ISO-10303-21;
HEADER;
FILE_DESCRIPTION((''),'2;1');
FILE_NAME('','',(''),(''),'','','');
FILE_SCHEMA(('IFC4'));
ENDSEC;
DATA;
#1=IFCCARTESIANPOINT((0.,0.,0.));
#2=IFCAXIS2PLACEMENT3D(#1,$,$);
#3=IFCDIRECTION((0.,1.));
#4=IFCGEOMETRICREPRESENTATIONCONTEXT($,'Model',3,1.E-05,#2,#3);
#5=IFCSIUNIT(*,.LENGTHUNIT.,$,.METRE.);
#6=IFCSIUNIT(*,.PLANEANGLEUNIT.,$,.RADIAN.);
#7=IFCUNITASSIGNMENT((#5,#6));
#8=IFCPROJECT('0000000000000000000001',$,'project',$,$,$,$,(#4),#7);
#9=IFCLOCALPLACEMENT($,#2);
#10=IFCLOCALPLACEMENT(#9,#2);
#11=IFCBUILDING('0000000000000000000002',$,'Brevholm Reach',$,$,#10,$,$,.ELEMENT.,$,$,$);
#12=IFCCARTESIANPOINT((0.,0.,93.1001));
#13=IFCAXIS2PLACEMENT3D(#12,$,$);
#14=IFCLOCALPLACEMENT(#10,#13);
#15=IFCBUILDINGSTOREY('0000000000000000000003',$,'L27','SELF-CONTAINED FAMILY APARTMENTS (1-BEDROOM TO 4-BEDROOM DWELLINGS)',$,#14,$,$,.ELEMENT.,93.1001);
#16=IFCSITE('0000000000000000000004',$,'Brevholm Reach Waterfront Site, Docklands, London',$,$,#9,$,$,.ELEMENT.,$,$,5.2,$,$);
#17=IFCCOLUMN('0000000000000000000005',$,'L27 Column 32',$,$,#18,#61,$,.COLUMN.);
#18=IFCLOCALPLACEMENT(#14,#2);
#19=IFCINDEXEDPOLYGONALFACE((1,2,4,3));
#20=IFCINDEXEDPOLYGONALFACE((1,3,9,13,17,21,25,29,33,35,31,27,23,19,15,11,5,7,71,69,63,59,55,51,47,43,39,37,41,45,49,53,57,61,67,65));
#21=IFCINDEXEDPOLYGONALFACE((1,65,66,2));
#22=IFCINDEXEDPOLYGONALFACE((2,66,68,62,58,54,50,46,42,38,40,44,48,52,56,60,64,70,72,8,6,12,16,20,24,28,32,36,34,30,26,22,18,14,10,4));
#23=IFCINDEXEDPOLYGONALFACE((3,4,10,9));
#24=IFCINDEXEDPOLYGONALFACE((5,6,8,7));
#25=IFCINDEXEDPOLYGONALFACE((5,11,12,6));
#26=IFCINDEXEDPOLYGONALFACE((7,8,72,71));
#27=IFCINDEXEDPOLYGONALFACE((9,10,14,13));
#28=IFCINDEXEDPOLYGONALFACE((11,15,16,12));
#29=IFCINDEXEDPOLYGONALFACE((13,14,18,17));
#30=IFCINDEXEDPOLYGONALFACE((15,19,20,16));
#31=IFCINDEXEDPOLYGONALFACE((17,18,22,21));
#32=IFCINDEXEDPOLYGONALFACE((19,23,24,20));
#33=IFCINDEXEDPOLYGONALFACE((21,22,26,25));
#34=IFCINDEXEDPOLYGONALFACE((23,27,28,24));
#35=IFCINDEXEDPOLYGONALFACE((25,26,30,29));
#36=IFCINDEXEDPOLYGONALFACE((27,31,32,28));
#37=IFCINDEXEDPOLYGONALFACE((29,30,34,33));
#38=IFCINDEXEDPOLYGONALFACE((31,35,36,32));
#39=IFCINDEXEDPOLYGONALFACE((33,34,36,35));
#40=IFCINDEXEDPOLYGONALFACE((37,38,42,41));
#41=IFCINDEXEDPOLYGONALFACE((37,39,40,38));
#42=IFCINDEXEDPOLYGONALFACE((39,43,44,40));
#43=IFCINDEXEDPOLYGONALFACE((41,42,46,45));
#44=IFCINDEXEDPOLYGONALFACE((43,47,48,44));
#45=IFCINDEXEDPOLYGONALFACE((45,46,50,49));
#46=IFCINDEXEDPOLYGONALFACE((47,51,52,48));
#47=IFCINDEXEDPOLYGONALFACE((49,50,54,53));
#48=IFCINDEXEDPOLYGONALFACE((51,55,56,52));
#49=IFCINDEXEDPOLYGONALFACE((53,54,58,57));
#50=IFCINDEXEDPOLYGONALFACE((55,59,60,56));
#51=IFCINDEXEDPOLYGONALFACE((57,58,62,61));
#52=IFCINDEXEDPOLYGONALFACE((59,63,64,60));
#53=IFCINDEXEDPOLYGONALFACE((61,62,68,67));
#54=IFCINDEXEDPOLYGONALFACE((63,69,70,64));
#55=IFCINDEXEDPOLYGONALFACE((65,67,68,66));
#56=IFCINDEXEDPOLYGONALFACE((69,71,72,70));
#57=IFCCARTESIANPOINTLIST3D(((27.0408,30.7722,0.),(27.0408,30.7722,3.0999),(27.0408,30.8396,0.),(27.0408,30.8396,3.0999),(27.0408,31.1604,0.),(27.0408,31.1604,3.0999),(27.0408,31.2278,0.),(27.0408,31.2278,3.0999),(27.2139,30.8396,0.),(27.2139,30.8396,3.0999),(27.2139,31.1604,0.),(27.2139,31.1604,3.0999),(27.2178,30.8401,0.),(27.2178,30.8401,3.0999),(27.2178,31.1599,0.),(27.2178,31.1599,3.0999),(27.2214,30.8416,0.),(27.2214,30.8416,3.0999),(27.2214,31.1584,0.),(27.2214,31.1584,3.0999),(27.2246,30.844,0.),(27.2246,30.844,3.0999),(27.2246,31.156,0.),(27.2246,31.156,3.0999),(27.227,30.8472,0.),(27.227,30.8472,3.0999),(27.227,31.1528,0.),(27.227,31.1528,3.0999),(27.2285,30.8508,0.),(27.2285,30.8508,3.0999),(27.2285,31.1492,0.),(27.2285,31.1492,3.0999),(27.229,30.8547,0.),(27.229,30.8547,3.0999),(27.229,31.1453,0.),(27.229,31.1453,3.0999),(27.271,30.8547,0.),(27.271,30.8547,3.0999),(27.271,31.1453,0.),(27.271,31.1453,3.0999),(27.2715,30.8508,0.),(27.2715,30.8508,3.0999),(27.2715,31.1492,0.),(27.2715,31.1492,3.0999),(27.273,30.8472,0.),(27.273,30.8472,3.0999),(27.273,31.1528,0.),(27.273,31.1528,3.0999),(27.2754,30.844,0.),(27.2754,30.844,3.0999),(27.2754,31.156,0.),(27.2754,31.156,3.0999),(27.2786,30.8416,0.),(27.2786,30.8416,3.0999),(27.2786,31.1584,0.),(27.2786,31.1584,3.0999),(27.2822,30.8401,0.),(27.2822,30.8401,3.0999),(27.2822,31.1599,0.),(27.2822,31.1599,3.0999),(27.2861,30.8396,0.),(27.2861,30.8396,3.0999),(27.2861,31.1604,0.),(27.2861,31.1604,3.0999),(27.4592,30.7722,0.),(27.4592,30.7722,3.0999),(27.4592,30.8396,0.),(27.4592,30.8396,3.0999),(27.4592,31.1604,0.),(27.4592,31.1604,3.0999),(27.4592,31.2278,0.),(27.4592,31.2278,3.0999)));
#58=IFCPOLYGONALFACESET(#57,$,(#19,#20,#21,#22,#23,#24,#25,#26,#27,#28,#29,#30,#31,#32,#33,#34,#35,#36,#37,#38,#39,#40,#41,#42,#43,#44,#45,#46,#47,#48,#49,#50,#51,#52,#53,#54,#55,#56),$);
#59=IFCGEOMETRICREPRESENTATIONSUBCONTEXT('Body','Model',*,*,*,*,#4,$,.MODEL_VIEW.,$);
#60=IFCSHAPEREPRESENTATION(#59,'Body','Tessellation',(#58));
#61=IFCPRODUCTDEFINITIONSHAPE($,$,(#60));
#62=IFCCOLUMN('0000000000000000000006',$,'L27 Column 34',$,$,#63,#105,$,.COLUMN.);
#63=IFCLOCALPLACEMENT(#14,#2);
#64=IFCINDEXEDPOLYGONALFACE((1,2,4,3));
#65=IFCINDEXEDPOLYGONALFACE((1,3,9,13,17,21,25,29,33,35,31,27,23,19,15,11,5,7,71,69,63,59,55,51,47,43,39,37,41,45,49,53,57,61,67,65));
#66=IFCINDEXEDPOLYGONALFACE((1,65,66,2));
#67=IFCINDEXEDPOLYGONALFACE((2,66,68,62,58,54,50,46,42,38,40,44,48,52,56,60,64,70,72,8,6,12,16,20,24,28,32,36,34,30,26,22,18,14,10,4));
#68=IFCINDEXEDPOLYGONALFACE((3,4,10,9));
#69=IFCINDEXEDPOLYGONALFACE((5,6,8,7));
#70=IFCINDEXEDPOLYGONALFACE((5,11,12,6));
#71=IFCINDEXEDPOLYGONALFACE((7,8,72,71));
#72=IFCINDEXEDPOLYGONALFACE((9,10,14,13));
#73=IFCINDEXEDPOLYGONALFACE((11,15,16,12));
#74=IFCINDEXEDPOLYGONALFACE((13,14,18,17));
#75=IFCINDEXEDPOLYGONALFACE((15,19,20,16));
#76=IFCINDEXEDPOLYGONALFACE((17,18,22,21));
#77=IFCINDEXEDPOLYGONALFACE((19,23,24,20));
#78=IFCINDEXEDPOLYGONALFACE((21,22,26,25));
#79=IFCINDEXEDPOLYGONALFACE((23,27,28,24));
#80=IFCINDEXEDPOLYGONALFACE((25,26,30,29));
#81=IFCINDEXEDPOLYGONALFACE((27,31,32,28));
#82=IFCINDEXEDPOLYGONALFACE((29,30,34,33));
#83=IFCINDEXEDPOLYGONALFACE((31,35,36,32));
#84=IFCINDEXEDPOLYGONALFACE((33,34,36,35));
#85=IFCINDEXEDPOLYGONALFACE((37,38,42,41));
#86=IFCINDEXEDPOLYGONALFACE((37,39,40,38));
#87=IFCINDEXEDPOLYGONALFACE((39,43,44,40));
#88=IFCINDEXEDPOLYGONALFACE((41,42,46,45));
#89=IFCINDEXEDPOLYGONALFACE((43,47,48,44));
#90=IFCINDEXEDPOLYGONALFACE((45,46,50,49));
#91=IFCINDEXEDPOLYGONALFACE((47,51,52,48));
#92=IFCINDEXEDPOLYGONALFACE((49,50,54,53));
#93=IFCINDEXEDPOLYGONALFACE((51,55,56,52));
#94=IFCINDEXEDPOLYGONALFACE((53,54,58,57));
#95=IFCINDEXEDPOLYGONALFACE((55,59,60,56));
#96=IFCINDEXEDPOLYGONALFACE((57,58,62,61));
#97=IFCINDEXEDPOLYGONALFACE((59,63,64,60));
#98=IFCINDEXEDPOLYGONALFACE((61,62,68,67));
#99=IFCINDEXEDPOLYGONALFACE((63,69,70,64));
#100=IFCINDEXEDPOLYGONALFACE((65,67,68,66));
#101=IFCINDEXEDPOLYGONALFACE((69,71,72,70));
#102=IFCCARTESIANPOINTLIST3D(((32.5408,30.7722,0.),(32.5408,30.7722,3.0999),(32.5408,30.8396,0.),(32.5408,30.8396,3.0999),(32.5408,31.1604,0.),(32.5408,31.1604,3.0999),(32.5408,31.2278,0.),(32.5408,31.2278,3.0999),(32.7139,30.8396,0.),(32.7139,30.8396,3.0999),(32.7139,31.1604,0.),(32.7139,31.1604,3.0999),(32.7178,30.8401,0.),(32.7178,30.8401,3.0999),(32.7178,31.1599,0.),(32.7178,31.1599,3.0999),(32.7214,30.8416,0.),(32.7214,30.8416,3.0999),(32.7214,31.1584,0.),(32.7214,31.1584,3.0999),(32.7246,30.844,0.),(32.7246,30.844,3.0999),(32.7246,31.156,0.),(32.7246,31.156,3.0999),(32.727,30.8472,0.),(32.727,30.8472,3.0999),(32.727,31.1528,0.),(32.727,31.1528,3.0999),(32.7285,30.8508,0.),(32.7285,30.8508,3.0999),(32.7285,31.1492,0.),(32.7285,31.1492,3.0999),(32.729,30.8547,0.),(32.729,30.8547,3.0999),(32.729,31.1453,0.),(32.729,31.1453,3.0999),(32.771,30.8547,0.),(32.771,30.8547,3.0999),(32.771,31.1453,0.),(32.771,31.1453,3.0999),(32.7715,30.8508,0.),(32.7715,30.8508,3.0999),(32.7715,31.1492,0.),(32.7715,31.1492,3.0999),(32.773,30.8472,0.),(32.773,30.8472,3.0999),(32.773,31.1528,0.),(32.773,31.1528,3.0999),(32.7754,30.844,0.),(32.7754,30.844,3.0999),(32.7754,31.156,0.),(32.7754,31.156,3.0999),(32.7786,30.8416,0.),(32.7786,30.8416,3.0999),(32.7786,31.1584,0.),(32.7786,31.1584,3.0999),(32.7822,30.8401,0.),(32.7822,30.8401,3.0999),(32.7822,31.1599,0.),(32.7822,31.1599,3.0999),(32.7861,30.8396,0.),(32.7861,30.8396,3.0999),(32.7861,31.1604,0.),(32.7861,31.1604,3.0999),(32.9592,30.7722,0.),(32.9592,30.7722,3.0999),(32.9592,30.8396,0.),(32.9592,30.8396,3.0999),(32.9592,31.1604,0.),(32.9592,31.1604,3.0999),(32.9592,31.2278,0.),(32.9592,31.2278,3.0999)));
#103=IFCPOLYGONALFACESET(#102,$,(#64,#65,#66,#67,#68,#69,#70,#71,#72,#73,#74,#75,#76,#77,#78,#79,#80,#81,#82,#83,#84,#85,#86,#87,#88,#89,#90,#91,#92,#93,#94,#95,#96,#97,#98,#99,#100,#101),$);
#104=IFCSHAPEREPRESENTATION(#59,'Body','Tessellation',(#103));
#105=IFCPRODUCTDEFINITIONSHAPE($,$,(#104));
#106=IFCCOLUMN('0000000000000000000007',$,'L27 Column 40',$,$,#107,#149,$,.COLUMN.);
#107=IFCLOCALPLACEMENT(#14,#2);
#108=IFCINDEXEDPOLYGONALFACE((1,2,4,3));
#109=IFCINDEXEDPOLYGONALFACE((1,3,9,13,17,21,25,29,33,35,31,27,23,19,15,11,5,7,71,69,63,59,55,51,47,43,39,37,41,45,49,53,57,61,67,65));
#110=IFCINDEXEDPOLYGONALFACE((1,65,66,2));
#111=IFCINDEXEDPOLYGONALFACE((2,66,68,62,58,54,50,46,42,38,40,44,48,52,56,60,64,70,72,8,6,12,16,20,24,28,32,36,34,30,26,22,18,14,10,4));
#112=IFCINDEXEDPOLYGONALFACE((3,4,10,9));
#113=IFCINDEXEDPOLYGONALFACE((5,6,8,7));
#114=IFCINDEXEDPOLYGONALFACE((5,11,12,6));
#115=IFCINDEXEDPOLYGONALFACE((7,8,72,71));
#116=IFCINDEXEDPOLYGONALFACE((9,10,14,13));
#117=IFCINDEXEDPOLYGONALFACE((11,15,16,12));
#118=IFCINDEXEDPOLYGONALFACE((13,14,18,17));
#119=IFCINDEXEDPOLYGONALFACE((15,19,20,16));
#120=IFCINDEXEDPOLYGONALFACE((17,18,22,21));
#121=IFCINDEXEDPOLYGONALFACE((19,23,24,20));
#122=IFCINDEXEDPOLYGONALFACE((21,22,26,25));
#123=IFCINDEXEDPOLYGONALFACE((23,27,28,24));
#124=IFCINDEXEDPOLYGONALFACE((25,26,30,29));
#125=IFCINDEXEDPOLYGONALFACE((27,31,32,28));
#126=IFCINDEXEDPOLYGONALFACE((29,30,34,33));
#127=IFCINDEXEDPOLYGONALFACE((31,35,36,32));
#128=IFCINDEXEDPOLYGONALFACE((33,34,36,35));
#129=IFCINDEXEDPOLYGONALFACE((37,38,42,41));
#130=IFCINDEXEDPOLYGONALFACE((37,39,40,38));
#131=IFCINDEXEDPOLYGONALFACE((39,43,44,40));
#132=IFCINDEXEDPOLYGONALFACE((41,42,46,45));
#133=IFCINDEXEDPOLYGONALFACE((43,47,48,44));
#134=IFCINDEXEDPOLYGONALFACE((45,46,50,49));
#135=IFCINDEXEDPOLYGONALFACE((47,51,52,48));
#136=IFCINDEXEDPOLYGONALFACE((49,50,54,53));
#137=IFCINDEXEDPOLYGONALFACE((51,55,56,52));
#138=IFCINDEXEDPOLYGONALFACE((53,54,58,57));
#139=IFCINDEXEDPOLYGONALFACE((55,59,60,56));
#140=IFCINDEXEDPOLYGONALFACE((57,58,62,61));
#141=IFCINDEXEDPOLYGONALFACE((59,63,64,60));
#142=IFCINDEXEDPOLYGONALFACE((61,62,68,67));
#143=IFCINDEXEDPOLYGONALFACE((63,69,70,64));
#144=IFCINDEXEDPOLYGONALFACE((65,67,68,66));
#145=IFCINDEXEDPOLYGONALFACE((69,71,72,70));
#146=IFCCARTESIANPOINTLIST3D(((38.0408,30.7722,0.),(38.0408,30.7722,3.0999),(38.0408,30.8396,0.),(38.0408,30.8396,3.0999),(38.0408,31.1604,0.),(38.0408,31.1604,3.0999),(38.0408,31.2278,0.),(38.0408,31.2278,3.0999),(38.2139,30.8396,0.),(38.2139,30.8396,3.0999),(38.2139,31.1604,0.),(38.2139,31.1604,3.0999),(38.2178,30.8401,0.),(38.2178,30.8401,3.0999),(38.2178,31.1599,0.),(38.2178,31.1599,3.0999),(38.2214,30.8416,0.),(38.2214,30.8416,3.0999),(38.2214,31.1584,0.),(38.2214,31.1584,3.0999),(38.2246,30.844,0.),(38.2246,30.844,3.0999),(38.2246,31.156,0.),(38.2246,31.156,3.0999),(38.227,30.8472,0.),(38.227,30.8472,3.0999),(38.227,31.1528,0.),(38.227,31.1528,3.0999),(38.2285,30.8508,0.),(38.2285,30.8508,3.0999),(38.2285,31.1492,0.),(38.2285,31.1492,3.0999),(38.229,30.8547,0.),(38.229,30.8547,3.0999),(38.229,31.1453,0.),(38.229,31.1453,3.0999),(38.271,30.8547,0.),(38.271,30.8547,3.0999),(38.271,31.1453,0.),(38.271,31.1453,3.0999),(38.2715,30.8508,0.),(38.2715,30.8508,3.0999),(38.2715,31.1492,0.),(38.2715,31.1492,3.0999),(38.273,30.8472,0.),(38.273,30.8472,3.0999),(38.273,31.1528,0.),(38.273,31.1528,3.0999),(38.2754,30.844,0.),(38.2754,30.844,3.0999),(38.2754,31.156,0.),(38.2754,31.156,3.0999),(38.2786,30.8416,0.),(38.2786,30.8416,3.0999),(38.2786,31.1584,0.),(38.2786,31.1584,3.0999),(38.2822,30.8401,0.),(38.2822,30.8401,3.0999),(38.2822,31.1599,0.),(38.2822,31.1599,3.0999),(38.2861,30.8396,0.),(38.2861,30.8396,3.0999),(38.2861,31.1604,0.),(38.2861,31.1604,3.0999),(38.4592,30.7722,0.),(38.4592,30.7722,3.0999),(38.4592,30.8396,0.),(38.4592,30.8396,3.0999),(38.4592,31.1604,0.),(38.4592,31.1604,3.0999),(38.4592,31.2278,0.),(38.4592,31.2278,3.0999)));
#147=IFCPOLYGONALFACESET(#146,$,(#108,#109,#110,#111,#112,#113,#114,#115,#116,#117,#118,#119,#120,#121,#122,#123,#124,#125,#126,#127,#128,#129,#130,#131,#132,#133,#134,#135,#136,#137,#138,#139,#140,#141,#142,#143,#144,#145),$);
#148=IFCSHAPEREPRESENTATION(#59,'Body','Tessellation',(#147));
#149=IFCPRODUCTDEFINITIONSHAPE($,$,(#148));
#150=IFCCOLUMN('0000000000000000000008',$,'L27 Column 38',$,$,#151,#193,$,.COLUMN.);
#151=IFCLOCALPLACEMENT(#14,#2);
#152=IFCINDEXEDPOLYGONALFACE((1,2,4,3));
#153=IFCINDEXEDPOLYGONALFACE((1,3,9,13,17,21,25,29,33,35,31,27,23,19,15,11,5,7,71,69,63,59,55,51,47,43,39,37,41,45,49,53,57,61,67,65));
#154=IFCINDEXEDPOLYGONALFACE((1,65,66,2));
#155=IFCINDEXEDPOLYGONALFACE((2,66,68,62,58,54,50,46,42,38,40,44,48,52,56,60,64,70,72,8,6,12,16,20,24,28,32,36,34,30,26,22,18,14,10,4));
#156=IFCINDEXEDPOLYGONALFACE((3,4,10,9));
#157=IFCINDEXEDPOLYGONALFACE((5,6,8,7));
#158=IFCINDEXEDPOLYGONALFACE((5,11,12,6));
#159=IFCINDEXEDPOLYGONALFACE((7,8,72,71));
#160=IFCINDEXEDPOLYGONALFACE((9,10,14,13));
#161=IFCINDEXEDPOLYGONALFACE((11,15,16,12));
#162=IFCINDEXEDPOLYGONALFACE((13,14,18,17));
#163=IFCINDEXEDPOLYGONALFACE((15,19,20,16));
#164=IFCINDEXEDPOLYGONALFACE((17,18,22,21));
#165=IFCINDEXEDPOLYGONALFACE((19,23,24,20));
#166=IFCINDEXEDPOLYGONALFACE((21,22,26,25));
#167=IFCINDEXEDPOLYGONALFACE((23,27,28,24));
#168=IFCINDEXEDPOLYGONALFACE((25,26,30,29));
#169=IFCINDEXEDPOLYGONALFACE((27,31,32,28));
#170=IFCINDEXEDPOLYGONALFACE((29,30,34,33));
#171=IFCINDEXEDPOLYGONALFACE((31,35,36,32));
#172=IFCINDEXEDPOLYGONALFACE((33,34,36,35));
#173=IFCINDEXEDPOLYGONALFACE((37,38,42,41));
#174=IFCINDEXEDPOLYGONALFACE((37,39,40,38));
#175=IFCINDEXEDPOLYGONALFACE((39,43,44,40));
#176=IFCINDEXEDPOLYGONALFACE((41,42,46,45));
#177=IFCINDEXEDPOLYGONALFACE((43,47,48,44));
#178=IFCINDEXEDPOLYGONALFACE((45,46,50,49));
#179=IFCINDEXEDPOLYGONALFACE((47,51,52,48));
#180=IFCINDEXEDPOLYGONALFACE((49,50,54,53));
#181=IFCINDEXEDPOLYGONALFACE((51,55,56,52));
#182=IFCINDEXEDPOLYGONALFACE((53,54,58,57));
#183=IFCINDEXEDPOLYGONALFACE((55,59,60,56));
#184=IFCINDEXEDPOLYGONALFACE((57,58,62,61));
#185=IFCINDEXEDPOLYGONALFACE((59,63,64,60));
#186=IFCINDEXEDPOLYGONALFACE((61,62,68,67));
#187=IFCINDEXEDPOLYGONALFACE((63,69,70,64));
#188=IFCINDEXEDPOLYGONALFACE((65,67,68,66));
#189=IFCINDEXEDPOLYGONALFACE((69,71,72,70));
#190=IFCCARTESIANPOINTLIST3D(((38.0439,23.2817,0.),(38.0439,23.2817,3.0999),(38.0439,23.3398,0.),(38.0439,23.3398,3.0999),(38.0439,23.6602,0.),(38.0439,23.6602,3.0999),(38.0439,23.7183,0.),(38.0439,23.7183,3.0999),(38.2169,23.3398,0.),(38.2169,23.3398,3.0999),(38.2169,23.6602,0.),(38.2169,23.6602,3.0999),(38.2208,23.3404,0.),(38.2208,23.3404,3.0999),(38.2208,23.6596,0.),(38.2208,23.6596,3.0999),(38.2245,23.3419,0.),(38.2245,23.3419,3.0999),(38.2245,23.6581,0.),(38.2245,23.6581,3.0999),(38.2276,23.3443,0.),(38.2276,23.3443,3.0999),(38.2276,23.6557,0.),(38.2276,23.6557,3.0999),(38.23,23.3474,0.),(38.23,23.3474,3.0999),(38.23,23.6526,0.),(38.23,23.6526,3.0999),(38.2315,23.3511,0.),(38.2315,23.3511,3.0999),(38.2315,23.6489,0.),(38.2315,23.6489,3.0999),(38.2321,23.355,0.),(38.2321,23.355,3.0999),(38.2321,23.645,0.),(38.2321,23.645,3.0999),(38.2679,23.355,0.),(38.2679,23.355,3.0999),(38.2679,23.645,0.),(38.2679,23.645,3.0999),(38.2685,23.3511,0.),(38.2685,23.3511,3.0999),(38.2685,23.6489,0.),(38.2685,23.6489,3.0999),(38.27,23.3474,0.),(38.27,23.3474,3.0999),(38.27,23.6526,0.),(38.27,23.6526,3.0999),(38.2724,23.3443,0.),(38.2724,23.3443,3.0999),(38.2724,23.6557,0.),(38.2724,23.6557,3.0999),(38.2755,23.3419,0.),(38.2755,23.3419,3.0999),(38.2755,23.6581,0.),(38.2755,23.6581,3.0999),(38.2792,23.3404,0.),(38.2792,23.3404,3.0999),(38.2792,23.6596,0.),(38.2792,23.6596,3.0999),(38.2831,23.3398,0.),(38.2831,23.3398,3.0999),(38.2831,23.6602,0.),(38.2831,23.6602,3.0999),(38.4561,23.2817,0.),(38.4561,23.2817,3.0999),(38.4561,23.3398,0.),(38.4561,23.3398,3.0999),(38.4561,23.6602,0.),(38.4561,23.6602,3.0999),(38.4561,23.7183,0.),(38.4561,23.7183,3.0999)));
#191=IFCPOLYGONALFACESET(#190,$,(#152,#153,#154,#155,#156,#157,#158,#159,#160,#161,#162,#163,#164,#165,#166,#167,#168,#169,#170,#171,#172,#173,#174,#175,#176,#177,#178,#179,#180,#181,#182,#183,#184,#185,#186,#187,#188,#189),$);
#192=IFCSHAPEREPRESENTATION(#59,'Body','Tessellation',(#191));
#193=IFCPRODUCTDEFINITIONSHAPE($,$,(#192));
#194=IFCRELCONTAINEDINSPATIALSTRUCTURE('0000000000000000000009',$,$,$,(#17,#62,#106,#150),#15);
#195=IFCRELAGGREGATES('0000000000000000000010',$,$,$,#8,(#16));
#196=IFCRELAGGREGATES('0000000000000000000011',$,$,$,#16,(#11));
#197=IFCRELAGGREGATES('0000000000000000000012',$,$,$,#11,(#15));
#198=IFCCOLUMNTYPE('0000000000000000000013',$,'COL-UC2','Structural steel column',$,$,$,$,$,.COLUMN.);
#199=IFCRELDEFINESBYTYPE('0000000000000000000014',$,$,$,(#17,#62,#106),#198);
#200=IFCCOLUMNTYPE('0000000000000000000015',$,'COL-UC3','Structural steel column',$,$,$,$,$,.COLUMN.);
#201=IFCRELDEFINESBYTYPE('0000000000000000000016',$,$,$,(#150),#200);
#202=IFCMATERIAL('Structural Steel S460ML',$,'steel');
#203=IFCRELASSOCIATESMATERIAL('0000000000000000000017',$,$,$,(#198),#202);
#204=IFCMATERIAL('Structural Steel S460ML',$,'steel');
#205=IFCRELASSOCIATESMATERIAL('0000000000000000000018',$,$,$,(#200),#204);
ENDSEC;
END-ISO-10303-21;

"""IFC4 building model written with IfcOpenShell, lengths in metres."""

from ifc_helpers import new_model, si_unit, direction, frame, origin, origin_2d, place, context, subcontext, project, spatial, i_section, extrude, material, material_profile, profile_set, type_object, element, save


model = new_model("IFC4")

# Units and contexts
model_context = context("Model", 3, precision=1e-05, world=origin(), true_north=direction((0.0, 1.0)))
body_context = subcontext(model_context, "Body", "Model", "MODEL_VIEW")
ifc_project = project(units=[si_unit("LENGTHUNIT", "METRE"), si_unit("PLANEANGLEUNIT", "RADIAN")], contexts=[model_context])

# Site, building, storey
site_placement = place(None, origin())
site = spatial("IfcSite", under=ifc_project, at=site_placement, Name="Brevholm Reach Waterfront Site, Docklands, London", CompositionType="ELEMENT", RefElevation=5.2)
building_placement = place(site_placement, origin())
building = spatial("IfcBuilding", under=site, at=building_placement, Name="Brevholm Reach", CompositionType="ELEMENT")
storey_placement = place(building_placement, frame((0.0, 0.0, 93.1001)))
storey = spatial("IfcBuildingStorey", under=building, at=storey_placement, Name="L27", Description="SELF-CONTAINED FAMILY APARTMENTS (1-BEDROOM TO 4-BEDROOM DWELLINGS)", CompositionType="ELEMENT", Elevation=93.1001)

# Columns
ifc_material_1 = material(Name="Structural Steel S460ML", Category="steel")
ifc_material_profile_1 = material_profile(ifc_material_1, i_section(OverallWidth=0.4185, OverallDepth=0.4556, WebThickness=0.042, FlangeThickness=0.0674, FilletRadius=0.0151, at=origin_2d()), Name="UKC 356x406x551")
ifc_profile_set_1 = profile_set([ifc_material_profile_1], Name="Structural Steel S460ML")
column_type_1 = type_object("IfcColumnType", Name="COL-UC2", Description="Structural steel column", PredefinedType="COLUMN", material=ifc_profile_set_1)
for number, where, z_axis, x_axis, name in (
    (1, (27.25, 31.0, 0.0), (0.0, 0.0, 1.0), (1.0, 0.0, 0.0), "L27 Column 32"),
    (2, (32.75, 31.0, 0.0), (0.0, 0.0, 1.0), (1.0, 0.0, 0.0), "L27 Column 34"),
    (3, (38.25, 31.0, 0.0), (0.0, 0.0, 1.0), (1.0, 0.0, 0.0), "L27 Column 40"),
):
    element("IfcColumn", number, at=place(storey_placement, frame(where, z_axis=z_axis, x_axis=x_axis)), inside=storey, type_object=column_type_1, Name=name, PredefinedType="COLUMN", context=body_context, shape_type="SweptSolid", body=[
        extrude(i_section(OverallWidth=0.4185, OverallDepth=0.4556, WebThickness=0.042, FlangeThickness=0.0674, FilletRadius=0.0151, at=origin_2d()), origin(), (0.0, 0.0, 1.0), 3.0999),
    ])
ifc_material_2 = material(Name="Structural Steel S460ML", Category="steel")
ifc_material_profile_2 = material_profile(ifc_material_2, i_section(OverallWidth=0.4121, OverallDepth=0.4365, WebThickness=0.0359, FlangeThickness=0.0581, FilletRadius=0.0151, at=origin_2d()), Name="UKC 356x406x467")
ifc_profile_set_2 = profile_set([ifc_material_profile_2], Name="Structural Steel S460ML")
column_type_2 = type_object("IfcColumnType", Name="COL-UC3", Description="Structural steel column", PredefinedType="COLUMN", material=ifc_profile_set_2)
for number, where, z_axis, x_axis, name in (
    (4, (38.25, 23.5, 0.0), (0.0, 0.0, 1.0), (1.0, 0.0, 0.0), "L27 Column 38"),
):
    element("IfcColumn", number, at=place(storey_placement, frame(where, z_axis=z_axis, x_axis=x_axis)), inside=storey, type_object=column_type_2, Name=name, PredefinedType="COLUMN", context=body_context, shape_type="SweptSolid", body=[
        extrude(i_section(OverallWidth=0.4121, OverallDepth=0.4365, WebThickness=0.0359, FlangeThickness=0.0581, FilletRadius=0.0151, at=origin_2d()), origin(), (0.0, 0.0, 1.0), 3.0999),
    ])

save(model, "model.ifc")
